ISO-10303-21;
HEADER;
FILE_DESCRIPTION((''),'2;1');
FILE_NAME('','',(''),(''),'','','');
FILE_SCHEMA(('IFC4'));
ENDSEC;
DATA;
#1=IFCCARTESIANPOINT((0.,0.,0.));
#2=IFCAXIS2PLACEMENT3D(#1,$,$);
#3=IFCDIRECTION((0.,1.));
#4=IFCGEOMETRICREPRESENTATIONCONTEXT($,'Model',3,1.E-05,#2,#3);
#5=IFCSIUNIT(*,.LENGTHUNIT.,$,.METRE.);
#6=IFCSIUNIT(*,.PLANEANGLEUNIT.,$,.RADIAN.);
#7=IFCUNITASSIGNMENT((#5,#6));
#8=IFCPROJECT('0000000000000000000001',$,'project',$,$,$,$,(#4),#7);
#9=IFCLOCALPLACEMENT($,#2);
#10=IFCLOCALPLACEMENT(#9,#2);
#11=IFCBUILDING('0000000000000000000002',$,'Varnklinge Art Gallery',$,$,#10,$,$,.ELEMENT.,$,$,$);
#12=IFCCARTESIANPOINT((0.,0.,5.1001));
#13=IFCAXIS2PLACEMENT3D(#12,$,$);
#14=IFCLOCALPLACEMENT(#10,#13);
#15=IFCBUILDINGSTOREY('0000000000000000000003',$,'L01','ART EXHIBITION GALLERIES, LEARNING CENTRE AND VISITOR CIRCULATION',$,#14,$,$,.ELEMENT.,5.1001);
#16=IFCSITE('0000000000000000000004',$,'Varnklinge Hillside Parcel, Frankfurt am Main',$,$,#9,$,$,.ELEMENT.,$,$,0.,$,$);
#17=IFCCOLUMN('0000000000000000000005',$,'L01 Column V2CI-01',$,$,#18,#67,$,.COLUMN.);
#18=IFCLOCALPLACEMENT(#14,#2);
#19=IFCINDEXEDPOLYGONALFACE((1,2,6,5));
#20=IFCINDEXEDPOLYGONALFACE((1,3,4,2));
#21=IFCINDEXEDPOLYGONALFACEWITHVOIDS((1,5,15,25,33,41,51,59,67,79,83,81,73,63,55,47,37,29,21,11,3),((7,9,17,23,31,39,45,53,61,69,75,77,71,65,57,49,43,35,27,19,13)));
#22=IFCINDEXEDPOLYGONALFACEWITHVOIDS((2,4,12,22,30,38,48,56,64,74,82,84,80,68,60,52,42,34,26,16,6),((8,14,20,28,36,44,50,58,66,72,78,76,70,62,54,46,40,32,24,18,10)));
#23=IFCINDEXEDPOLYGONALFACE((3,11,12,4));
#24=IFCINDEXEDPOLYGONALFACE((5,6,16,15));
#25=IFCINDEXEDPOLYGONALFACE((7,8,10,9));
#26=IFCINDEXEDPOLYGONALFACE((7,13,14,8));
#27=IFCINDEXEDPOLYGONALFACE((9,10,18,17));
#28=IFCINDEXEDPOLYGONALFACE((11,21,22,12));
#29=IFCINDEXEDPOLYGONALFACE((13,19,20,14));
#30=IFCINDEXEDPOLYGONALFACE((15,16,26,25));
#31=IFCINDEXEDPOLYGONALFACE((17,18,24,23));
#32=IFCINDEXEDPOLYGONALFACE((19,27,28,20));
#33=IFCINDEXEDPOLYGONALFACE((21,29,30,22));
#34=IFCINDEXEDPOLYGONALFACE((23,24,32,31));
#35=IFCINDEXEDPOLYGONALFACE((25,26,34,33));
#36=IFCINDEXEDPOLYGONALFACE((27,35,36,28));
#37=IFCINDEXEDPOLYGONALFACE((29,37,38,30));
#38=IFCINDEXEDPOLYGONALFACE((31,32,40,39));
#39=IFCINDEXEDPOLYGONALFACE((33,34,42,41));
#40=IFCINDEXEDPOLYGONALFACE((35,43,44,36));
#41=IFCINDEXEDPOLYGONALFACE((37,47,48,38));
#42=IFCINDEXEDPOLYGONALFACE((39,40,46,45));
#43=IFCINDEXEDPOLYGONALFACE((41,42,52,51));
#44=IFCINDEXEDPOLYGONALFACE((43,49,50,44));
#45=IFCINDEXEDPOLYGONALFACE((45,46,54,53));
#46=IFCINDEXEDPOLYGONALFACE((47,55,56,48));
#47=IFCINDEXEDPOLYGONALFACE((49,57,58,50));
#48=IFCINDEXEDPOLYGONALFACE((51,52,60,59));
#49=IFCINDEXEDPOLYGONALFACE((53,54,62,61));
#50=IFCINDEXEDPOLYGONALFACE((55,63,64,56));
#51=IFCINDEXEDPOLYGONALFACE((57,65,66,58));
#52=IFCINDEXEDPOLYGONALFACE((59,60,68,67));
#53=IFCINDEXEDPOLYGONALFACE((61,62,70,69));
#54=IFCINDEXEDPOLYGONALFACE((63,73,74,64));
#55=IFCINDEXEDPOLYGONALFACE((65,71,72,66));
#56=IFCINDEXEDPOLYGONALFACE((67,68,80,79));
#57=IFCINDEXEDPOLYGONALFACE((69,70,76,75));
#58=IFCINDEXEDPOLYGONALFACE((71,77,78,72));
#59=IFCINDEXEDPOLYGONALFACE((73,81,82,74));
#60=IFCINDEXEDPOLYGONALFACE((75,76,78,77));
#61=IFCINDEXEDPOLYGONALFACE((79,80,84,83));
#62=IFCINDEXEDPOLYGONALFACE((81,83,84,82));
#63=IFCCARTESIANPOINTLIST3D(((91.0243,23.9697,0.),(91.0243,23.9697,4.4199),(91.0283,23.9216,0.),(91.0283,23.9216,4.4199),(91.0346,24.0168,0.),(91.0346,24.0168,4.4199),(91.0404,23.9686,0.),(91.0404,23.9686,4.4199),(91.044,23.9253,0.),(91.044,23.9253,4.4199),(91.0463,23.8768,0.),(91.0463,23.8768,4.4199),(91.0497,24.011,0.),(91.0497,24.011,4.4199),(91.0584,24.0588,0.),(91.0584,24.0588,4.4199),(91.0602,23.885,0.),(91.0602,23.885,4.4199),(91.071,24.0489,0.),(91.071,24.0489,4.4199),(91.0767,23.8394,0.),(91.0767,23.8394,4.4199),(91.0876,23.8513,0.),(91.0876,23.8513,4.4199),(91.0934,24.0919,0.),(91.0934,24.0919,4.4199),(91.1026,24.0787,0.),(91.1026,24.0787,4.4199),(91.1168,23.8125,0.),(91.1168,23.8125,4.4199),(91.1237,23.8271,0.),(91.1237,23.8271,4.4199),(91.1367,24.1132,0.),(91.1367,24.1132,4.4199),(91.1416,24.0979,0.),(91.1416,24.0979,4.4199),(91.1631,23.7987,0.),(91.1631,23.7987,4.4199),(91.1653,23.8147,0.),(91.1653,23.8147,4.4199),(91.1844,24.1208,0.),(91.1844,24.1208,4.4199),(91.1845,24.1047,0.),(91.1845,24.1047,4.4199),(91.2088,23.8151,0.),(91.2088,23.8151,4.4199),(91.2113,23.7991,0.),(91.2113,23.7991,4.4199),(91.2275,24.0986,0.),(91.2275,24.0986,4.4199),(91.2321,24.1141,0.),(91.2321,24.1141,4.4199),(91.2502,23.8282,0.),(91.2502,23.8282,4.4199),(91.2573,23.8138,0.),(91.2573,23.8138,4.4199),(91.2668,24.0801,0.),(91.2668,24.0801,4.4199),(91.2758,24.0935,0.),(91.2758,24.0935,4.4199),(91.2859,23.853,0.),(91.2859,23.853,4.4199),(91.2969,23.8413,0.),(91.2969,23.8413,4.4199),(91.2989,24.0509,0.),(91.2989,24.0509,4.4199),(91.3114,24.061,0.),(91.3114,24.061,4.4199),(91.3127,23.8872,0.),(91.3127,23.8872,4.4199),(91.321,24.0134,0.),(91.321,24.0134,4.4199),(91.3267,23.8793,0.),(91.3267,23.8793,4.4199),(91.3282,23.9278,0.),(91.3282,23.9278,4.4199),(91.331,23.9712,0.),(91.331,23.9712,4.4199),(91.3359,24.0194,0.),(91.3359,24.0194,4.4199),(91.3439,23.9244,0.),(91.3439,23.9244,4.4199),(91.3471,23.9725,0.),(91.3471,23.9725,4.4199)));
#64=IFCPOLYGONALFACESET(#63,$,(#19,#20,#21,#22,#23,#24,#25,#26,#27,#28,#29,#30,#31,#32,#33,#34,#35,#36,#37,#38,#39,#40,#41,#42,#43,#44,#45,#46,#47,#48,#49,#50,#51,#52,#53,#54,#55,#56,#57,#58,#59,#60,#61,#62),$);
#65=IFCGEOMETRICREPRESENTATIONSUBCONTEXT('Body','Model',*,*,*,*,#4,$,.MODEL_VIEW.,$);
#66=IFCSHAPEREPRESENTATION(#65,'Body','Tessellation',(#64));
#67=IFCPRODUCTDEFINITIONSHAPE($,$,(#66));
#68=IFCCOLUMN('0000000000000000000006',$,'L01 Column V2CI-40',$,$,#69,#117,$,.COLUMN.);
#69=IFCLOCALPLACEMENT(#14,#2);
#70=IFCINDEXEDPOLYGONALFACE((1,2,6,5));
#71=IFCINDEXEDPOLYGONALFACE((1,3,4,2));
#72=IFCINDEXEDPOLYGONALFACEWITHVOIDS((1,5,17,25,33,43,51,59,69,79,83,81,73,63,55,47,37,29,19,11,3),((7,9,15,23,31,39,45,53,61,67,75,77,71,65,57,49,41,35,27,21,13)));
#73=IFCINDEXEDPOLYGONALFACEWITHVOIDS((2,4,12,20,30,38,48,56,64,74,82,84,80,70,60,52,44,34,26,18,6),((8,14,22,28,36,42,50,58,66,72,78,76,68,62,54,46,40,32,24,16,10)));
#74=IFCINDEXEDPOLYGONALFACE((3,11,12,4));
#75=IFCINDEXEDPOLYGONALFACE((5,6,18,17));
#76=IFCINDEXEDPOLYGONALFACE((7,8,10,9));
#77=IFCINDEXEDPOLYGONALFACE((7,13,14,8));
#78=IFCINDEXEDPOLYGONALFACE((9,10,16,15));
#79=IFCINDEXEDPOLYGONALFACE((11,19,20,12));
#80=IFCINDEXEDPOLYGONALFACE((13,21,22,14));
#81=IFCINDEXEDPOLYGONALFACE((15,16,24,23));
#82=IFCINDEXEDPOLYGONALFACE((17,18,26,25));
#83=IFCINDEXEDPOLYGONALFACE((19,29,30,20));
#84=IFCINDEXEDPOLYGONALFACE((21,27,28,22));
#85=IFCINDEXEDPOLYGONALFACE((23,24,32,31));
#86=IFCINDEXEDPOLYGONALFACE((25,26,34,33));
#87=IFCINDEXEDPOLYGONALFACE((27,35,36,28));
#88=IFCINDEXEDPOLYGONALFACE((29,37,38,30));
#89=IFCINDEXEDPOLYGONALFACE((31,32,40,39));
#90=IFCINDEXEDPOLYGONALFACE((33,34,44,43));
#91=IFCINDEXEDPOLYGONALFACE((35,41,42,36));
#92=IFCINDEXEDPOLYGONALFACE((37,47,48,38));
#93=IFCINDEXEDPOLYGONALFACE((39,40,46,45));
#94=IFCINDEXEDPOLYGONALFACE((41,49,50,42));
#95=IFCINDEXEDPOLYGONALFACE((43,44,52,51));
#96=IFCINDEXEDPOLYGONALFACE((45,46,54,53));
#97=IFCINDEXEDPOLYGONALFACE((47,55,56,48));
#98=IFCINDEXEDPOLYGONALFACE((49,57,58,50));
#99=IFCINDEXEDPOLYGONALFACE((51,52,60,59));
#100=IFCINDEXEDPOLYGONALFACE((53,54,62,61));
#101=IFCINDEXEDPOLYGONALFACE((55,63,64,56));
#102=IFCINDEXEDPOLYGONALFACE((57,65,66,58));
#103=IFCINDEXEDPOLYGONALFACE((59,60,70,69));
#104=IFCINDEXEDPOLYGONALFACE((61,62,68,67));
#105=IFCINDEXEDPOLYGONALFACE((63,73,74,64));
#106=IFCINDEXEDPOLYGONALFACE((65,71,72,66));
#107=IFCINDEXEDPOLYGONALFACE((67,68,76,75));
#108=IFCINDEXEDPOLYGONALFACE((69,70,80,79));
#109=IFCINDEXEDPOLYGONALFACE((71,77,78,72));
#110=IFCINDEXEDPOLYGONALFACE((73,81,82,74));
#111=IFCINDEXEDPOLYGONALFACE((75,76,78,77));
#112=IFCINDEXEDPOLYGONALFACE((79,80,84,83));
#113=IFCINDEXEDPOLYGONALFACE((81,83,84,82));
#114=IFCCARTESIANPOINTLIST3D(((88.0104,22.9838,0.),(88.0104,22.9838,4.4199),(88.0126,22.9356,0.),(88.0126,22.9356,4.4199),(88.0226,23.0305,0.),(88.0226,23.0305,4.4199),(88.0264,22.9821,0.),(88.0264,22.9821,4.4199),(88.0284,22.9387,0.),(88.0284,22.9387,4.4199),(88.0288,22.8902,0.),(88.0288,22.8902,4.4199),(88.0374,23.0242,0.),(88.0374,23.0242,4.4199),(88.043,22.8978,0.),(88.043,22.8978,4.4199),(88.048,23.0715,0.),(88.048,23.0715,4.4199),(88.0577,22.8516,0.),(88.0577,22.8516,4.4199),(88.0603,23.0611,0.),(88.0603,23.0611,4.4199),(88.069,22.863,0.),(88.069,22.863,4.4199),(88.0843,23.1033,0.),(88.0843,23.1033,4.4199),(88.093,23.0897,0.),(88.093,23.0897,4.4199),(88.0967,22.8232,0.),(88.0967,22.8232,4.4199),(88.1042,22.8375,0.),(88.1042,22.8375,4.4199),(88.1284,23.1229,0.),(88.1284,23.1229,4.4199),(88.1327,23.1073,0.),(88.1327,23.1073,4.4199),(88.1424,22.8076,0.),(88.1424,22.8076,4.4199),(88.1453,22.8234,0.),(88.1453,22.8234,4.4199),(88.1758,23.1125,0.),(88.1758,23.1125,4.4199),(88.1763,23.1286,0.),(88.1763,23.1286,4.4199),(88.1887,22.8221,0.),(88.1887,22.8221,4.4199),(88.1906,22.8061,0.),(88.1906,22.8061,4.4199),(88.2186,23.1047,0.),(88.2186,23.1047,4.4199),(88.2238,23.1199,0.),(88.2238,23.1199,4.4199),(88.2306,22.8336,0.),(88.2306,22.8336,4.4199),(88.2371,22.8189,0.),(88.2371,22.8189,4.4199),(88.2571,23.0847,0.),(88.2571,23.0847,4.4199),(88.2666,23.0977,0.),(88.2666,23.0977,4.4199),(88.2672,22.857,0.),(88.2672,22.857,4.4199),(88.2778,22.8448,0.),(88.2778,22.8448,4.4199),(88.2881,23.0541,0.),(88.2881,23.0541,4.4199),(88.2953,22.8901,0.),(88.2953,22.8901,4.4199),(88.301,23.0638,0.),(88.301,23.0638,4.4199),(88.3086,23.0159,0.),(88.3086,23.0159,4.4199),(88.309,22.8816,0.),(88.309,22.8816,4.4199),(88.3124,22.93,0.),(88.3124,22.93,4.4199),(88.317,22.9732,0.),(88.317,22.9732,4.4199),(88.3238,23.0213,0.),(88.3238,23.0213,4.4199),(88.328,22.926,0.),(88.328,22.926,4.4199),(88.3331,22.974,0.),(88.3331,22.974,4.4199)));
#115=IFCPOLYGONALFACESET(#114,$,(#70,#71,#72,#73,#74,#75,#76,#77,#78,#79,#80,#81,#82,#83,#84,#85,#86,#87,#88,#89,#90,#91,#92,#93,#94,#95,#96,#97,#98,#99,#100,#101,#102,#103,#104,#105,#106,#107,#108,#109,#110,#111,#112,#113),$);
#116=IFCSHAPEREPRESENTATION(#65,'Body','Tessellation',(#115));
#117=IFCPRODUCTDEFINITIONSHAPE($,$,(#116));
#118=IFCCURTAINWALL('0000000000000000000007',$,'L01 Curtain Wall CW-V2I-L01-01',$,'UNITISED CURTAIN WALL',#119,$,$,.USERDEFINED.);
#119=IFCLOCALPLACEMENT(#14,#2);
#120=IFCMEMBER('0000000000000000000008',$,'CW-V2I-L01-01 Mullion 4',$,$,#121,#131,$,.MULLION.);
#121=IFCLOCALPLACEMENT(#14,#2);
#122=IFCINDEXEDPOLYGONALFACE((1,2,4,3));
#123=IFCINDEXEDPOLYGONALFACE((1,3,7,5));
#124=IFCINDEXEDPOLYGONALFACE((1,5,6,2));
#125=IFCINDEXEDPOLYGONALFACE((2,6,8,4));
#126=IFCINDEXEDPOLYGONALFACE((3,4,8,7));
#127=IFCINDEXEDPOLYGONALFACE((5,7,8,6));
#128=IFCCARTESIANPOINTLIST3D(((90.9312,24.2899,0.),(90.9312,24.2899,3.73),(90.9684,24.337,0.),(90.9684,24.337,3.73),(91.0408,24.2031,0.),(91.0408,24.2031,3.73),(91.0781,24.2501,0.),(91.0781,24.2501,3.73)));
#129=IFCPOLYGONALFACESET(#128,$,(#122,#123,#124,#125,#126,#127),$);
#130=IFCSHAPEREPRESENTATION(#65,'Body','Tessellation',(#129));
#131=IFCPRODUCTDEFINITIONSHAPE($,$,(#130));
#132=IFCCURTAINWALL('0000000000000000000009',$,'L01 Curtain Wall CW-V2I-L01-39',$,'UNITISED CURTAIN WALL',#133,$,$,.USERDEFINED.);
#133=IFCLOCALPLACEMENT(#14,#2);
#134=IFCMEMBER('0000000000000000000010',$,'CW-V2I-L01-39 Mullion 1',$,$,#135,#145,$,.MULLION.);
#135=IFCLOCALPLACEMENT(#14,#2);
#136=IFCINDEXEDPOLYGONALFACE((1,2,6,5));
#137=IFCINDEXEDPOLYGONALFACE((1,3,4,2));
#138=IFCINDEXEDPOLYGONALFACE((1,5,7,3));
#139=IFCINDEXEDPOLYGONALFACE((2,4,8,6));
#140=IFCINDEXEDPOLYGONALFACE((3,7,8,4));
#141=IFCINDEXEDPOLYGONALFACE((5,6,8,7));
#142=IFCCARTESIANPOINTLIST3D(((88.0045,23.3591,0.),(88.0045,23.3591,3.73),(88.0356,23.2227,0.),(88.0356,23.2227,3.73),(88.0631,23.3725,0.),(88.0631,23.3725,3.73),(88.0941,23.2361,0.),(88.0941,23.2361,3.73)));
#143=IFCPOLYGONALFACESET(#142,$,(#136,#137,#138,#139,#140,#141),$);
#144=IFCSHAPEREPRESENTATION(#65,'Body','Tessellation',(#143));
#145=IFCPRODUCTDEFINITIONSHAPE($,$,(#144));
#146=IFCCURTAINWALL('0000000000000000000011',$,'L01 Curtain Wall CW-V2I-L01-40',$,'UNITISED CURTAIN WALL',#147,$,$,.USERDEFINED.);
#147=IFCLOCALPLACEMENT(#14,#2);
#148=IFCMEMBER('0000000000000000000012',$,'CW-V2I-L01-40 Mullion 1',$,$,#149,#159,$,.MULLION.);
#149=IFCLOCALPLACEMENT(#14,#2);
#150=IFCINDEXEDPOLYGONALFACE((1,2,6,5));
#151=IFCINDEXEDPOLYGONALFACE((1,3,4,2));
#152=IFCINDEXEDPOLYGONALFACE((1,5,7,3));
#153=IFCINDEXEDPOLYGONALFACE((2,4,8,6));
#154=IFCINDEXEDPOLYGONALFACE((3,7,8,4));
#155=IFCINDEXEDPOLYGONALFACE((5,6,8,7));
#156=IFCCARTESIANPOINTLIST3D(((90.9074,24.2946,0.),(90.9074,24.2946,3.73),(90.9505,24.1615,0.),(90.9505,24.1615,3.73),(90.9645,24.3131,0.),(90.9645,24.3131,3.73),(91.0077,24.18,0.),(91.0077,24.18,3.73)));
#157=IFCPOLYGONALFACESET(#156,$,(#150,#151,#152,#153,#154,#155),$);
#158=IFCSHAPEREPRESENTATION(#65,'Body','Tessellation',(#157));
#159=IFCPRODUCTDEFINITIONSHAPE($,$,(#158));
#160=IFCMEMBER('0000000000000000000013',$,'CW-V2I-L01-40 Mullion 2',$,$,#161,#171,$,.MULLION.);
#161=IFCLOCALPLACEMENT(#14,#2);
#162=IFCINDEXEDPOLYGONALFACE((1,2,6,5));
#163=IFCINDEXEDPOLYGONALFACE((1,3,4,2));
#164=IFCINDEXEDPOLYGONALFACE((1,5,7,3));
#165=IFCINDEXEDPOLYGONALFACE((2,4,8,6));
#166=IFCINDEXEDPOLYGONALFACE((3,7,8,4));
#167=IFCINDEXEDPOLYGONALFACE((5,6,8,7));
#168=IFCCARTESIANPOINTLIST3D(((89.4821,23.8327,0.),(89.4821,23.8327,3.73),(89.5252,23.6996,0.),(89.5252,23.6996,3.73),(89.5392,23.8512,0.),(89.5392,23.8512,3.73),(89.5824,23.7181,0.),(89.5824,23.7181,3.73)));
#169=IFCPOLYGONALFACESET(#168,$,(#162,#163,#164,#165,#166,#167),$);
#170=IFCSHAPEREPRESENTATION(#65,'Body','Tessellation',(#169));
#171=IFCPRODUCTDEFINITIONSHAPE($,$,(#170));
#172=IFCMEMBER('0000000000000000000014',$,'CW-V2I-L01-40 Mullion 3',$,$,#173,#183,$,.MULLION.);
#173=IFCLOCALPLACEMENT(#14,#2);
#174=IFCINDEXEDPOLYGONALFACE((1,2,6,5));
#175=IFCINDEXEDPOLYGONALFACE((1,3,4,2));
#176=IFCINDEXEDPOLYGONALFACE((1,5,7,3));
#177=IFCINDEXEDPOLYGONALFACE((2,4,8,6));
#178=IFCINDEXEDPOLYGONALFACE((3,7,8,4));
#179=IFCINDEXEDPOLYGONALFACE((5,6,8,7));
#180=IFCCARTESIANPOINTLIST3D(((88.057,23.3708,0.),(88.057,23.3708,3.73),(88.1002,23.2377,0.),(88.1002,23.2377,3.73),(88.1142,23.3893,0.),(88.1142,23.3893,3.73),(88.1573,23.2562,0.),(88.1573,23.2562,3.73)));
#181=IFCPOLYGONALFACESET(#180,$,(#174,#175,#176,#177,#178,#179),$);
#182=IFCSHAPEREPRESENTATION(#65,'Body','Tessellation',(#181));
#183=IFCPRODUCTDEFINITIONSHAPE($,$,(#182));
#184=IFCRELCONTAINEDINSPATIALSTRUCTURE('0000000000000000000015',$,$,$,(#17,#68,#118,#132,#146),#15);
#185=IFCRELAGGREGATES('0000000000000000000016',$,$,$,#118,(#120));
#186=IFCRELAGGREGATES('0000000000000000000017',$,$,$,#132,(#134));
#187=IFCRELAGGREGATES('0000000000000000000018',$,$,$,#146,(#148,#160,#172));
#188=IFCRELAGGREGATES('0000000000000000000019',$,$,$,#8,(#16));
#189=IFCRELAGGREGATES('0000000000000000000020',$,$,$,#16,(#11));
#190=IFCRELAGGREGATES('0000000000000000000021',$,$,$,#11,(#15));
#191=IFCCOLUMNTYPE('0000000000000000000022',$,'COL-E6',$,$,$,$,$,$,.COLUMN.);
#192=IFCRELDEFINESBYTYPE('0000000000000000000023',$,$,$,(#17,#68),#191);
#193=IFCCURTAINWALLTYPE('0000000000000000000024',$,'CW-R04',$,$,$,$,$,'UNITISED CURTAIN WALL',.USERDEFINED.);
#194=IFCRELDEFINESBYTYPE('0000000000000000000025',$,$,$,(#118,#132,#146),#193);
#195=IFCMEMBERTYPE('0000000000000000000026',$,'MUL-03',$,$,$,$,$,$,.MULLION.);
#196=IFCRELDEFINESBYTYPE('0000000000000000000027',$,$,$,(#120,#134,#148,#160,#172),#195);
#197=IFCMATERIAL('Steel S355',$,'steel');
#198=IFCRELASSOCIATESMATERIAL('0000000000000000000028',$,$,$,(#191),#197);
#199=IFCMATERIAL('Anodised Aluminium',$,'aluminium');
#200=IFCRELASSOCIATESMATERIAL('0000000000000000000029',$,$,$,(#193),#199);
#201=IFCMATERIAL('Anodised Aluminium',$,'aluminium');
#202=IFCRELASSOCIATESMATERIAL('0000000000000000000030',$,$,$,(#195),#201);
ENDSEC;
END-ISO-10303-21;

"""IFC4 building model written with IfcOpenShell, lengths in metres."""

from ifc_helpers import new_model, si_unit, direction, frame, origin, origin_2d, place, context, subcontext, project, spatial, rectangle, hollow_circle, extrude, material, material_profile, profile_set, type_object, element, aggregate, save


model = new_model("IFC4")

# Units and contexts
model_context = context("Model", 3, precision=1e-05, world=origin(), true_north=direction((0.0, 1.0)))
body_context = subcontext(model_context, "Body", "Model", "MODEL_VIEW")
ifc_project = project(units=[si_unit("LENGTHUNIT", "METRE"), si_unit("PLANEANGLEUNIT", "RADIAN")], contexts=[model_context])

# Site, building, storey
site_placement = place(None, origin())
site = spatial("IfcSite", under=ifc_project, at=site_placement, Name="Varnklinge Hillside Parcel, Frankfurt am Main", CompositionType="ELEMENT", RefElevation=0.0)
building_placement = place(site_placement, origin())
building = spatial("IfcBuilding", under=site, at=building_placement, Name="Varnklinge Art Gallery", CompositionType="ELEMENT")
storey_placement = place(building_placement, frame((0.0, 0.0, 5.1001)))
storey = spatial("IfcBuildingStorey", under=building, at=storey_placement, Name="L01", Description="ART EXHIBITION GALLERIES, LEARNING CENTRE AND VISITOR CIRCULATION", CompositionType="ELEMENT", Elevation=5.1001)

# Columns
ifc_material_1 = material(Name="Steel S355", Category="steel")
ifc_material_profile_1 = material_profile(ifc_material_1, hollow_circle(Radius=0.1619, WallThickness=0.0161, at=origin_2d()), Name="CHS 323.9x16")
ifc_profile_set_1 = profile_set([ifc_material_profile_1], Name="Steel S355")
column_type = type_object("IfcColumnType", Name="COL-E6", PredefinedType="COLUMN", material=ifc_profile_set_1)
for number, where, z_axis, x_axis, name in (
    (1, (91.1858, 23.959, 0.0), (0.0, 0.0, 1.0), (-0.57057, 0.821249, 0.0), "L01 Column V2CI-01"),
    (2, (88.1714, 22.9668, 0.0), (0.0, 0.0, 1.0), (-0.265388, 0.964142, 0.0), "L01 Column V2CI-40"),
):
    element("IfcColumn", number, at=place(storey_placement, frame(where, z_axis=z_axis, x_axis=x_axis)), inside=storey, type_object=column_type, Name=name, PredefinedType="COLUMN", context=body_context, shape_type="SweptSolid", body=[
        extrude(hollow_circle(Radius=0.1619, WallThickness=0.0161, at=origin_2d()), origin(), (0.0, 0.0, 1.0), 4.4199),
    ])

# Curtain walls, members
ifc_material_2 = material(Name="Anodised Aluminium", Category="aluminium")
curtain_wall_type = type_object("IfcCurtainWallType", Name="CW-R04", ElementType="UNITISED CURTAIN WALL", PredefinedType="USERDEFINED", material=ifc_material_2)
curtain_wall_1_placement = place(storey_placement, origin())
curtain_wall_1 = element("IfcCurtainWall", 3, at=curtain_wall_1_placement, inside=storey, type_object=curtain_wall_type, Name="L01 Curtain Wall CW-V2I-L01-01", ObjectType="UNITISED CURTAIN WALL", PredefinedType="USERDEFINED")
ifc_material_3 = material(Name="Anodised Aluminium", Category="aluminium")
ifc_material_profile_2 = material_profile(ifc_material_3, rectangle(XDim=0.0601, YDim=0.1399, at=origin_2d()), Name="ALU 60x140")
ifc_profile_set_2 = profile_set([ifc_material_profile_2], Name="Anodised Aluminium")
member_type_1 = type_object("IfcMemberType", Name="MUL-03", PredefinedType="MULLION", material=ifc_profile_set_2)
member_1_placement = place(storey_placement, frame((91.0046, 24.27, 0.0), z_axis=(0.0, 0.0, 1.0), x_axis=(-0.620737, -0.784019, 0.0)))
member_1 = element("IfcMember", 4, at=member_1_placement, type_object=member_type_1, Name="CW-V2I-L01-01 Mullion 4", PredefinedType="MULLION", context=body_context, shape_type="SweptSolid", body=[
    extrude(rectangle(XDim=0.0601, YDim=0.1399, at=origin_2d()), origin(), (0.0, 0.0, 1.0), 3.73),
])
aggregate(curtain_wall_1, [member_1])
curtain_wall_2_placement = place(storey_placement, origin())
curtain_wall_2 = element("IfcCurtainWall", 5, at=curtain_wall_2_placement, inside=storey, type_object=curtain_wall_type, Name="L01 Curtain Wall CW-V2I-L01-39", ObjectType="UNITISED CURTAIN WALL", PredefinedType="USERDEFINED")
member_2_placement = place(storey_placement, frame((88.0493, 23.2976, 0.0), z_axis=(0.0, 0.0, 1.0), x_axis=(-0.975072, -0.221889, 0.0)))
member_2 = element("IfcMember", 6, at=member_2_placement, type_object=member_type_1, Name="CW-V2I-L01-39 Mullion 1", PredefinedType="MULLION", context=body_context, shape_type="SweptSolid", body=[
    extrude(rectangle(XDim=0.0601, YDim=0.1399, at=origin_2d()), origin(), (0.0, 0.0, 1.0), 3.73),
])

# Curtain wall, members
curtain_wall_3_placement = place(storey_placement, origin())
curtain_wall_3 = element("IfcCurtainWall", 7, at=curtain_wall_3_placement, inside=storey, type_object=curtain_wall_type, Name="L01 Curtain Wall CW-V2I-L01-40", ObjectType="UNITISED CURTAIN WALL", PredefinedType="USERDEFINED")
member_3_placement = place(storey_placement, frame((90.9575, 24.2373, 0.0), z_axis=(0.0, 0.0, 1.0), x_axis=(-0.951272, -0.308353, 0.0)))
member_3 = element("IfcMember", 8, at=member_3_placement, type_object=member_type_1, Name="CW-V2I-L01-40 Mullion 1", PredefinedType="MULLION", context=body_context, shape_type="SweptSolid", body=[
    extrude(rectangle(XDim=0.0601, YDim=0.1399, at=origin_2d()), origin(), (0.0, 0.0, 1.0), 3.73),
])
member_4_placement = place(storey_placement, frame((89.5322, 23.7754, 0.0), z_axis=(0.0, 0.0, 1.0), x_axis=(-0.951272, -0.308353, 0.0)))
member_4 = element("IfcMember", 9, at=member_4_placement, type_object=member_type_1, Name="CW-V2I-L01-40 Mullion 2", PredefinedType="MULLION", context=body_context, shape_type="SweptSolid", body=[
    extrude(rectangle(XDim=0.0601, YDim=0.1399, at=origin_2d()), origin(), (0.0, 0.0, 1.0), 3.73),
])
member_5_placement = place(storey_placement, frame((88.1072, 23.3135, 0.0), z_axis=(0.0, 0.0, 1.0), x_axis=(-0.951272, -0.308353, 0.0)))
member_5 = element("IfcMember", 10, at=member_5_placement, type_object=member_type_1, Name="CW-V2I-L01-40 Mullion 3", PredefinedType="MULLION", context=body_context, shape_type="SweptSolid", body=[
    extrude(rectangle(XDim=0.0601, YDim=0.1399, at=origin_2d()), origin(), (0.0, 0.0, 1.0), 3.73),
])

aggregate(curtain_wall_2, [member_2])

aggregate(curtain_wall_3, [member_3, member_4, member_5])

save(model, "model.ifc")
